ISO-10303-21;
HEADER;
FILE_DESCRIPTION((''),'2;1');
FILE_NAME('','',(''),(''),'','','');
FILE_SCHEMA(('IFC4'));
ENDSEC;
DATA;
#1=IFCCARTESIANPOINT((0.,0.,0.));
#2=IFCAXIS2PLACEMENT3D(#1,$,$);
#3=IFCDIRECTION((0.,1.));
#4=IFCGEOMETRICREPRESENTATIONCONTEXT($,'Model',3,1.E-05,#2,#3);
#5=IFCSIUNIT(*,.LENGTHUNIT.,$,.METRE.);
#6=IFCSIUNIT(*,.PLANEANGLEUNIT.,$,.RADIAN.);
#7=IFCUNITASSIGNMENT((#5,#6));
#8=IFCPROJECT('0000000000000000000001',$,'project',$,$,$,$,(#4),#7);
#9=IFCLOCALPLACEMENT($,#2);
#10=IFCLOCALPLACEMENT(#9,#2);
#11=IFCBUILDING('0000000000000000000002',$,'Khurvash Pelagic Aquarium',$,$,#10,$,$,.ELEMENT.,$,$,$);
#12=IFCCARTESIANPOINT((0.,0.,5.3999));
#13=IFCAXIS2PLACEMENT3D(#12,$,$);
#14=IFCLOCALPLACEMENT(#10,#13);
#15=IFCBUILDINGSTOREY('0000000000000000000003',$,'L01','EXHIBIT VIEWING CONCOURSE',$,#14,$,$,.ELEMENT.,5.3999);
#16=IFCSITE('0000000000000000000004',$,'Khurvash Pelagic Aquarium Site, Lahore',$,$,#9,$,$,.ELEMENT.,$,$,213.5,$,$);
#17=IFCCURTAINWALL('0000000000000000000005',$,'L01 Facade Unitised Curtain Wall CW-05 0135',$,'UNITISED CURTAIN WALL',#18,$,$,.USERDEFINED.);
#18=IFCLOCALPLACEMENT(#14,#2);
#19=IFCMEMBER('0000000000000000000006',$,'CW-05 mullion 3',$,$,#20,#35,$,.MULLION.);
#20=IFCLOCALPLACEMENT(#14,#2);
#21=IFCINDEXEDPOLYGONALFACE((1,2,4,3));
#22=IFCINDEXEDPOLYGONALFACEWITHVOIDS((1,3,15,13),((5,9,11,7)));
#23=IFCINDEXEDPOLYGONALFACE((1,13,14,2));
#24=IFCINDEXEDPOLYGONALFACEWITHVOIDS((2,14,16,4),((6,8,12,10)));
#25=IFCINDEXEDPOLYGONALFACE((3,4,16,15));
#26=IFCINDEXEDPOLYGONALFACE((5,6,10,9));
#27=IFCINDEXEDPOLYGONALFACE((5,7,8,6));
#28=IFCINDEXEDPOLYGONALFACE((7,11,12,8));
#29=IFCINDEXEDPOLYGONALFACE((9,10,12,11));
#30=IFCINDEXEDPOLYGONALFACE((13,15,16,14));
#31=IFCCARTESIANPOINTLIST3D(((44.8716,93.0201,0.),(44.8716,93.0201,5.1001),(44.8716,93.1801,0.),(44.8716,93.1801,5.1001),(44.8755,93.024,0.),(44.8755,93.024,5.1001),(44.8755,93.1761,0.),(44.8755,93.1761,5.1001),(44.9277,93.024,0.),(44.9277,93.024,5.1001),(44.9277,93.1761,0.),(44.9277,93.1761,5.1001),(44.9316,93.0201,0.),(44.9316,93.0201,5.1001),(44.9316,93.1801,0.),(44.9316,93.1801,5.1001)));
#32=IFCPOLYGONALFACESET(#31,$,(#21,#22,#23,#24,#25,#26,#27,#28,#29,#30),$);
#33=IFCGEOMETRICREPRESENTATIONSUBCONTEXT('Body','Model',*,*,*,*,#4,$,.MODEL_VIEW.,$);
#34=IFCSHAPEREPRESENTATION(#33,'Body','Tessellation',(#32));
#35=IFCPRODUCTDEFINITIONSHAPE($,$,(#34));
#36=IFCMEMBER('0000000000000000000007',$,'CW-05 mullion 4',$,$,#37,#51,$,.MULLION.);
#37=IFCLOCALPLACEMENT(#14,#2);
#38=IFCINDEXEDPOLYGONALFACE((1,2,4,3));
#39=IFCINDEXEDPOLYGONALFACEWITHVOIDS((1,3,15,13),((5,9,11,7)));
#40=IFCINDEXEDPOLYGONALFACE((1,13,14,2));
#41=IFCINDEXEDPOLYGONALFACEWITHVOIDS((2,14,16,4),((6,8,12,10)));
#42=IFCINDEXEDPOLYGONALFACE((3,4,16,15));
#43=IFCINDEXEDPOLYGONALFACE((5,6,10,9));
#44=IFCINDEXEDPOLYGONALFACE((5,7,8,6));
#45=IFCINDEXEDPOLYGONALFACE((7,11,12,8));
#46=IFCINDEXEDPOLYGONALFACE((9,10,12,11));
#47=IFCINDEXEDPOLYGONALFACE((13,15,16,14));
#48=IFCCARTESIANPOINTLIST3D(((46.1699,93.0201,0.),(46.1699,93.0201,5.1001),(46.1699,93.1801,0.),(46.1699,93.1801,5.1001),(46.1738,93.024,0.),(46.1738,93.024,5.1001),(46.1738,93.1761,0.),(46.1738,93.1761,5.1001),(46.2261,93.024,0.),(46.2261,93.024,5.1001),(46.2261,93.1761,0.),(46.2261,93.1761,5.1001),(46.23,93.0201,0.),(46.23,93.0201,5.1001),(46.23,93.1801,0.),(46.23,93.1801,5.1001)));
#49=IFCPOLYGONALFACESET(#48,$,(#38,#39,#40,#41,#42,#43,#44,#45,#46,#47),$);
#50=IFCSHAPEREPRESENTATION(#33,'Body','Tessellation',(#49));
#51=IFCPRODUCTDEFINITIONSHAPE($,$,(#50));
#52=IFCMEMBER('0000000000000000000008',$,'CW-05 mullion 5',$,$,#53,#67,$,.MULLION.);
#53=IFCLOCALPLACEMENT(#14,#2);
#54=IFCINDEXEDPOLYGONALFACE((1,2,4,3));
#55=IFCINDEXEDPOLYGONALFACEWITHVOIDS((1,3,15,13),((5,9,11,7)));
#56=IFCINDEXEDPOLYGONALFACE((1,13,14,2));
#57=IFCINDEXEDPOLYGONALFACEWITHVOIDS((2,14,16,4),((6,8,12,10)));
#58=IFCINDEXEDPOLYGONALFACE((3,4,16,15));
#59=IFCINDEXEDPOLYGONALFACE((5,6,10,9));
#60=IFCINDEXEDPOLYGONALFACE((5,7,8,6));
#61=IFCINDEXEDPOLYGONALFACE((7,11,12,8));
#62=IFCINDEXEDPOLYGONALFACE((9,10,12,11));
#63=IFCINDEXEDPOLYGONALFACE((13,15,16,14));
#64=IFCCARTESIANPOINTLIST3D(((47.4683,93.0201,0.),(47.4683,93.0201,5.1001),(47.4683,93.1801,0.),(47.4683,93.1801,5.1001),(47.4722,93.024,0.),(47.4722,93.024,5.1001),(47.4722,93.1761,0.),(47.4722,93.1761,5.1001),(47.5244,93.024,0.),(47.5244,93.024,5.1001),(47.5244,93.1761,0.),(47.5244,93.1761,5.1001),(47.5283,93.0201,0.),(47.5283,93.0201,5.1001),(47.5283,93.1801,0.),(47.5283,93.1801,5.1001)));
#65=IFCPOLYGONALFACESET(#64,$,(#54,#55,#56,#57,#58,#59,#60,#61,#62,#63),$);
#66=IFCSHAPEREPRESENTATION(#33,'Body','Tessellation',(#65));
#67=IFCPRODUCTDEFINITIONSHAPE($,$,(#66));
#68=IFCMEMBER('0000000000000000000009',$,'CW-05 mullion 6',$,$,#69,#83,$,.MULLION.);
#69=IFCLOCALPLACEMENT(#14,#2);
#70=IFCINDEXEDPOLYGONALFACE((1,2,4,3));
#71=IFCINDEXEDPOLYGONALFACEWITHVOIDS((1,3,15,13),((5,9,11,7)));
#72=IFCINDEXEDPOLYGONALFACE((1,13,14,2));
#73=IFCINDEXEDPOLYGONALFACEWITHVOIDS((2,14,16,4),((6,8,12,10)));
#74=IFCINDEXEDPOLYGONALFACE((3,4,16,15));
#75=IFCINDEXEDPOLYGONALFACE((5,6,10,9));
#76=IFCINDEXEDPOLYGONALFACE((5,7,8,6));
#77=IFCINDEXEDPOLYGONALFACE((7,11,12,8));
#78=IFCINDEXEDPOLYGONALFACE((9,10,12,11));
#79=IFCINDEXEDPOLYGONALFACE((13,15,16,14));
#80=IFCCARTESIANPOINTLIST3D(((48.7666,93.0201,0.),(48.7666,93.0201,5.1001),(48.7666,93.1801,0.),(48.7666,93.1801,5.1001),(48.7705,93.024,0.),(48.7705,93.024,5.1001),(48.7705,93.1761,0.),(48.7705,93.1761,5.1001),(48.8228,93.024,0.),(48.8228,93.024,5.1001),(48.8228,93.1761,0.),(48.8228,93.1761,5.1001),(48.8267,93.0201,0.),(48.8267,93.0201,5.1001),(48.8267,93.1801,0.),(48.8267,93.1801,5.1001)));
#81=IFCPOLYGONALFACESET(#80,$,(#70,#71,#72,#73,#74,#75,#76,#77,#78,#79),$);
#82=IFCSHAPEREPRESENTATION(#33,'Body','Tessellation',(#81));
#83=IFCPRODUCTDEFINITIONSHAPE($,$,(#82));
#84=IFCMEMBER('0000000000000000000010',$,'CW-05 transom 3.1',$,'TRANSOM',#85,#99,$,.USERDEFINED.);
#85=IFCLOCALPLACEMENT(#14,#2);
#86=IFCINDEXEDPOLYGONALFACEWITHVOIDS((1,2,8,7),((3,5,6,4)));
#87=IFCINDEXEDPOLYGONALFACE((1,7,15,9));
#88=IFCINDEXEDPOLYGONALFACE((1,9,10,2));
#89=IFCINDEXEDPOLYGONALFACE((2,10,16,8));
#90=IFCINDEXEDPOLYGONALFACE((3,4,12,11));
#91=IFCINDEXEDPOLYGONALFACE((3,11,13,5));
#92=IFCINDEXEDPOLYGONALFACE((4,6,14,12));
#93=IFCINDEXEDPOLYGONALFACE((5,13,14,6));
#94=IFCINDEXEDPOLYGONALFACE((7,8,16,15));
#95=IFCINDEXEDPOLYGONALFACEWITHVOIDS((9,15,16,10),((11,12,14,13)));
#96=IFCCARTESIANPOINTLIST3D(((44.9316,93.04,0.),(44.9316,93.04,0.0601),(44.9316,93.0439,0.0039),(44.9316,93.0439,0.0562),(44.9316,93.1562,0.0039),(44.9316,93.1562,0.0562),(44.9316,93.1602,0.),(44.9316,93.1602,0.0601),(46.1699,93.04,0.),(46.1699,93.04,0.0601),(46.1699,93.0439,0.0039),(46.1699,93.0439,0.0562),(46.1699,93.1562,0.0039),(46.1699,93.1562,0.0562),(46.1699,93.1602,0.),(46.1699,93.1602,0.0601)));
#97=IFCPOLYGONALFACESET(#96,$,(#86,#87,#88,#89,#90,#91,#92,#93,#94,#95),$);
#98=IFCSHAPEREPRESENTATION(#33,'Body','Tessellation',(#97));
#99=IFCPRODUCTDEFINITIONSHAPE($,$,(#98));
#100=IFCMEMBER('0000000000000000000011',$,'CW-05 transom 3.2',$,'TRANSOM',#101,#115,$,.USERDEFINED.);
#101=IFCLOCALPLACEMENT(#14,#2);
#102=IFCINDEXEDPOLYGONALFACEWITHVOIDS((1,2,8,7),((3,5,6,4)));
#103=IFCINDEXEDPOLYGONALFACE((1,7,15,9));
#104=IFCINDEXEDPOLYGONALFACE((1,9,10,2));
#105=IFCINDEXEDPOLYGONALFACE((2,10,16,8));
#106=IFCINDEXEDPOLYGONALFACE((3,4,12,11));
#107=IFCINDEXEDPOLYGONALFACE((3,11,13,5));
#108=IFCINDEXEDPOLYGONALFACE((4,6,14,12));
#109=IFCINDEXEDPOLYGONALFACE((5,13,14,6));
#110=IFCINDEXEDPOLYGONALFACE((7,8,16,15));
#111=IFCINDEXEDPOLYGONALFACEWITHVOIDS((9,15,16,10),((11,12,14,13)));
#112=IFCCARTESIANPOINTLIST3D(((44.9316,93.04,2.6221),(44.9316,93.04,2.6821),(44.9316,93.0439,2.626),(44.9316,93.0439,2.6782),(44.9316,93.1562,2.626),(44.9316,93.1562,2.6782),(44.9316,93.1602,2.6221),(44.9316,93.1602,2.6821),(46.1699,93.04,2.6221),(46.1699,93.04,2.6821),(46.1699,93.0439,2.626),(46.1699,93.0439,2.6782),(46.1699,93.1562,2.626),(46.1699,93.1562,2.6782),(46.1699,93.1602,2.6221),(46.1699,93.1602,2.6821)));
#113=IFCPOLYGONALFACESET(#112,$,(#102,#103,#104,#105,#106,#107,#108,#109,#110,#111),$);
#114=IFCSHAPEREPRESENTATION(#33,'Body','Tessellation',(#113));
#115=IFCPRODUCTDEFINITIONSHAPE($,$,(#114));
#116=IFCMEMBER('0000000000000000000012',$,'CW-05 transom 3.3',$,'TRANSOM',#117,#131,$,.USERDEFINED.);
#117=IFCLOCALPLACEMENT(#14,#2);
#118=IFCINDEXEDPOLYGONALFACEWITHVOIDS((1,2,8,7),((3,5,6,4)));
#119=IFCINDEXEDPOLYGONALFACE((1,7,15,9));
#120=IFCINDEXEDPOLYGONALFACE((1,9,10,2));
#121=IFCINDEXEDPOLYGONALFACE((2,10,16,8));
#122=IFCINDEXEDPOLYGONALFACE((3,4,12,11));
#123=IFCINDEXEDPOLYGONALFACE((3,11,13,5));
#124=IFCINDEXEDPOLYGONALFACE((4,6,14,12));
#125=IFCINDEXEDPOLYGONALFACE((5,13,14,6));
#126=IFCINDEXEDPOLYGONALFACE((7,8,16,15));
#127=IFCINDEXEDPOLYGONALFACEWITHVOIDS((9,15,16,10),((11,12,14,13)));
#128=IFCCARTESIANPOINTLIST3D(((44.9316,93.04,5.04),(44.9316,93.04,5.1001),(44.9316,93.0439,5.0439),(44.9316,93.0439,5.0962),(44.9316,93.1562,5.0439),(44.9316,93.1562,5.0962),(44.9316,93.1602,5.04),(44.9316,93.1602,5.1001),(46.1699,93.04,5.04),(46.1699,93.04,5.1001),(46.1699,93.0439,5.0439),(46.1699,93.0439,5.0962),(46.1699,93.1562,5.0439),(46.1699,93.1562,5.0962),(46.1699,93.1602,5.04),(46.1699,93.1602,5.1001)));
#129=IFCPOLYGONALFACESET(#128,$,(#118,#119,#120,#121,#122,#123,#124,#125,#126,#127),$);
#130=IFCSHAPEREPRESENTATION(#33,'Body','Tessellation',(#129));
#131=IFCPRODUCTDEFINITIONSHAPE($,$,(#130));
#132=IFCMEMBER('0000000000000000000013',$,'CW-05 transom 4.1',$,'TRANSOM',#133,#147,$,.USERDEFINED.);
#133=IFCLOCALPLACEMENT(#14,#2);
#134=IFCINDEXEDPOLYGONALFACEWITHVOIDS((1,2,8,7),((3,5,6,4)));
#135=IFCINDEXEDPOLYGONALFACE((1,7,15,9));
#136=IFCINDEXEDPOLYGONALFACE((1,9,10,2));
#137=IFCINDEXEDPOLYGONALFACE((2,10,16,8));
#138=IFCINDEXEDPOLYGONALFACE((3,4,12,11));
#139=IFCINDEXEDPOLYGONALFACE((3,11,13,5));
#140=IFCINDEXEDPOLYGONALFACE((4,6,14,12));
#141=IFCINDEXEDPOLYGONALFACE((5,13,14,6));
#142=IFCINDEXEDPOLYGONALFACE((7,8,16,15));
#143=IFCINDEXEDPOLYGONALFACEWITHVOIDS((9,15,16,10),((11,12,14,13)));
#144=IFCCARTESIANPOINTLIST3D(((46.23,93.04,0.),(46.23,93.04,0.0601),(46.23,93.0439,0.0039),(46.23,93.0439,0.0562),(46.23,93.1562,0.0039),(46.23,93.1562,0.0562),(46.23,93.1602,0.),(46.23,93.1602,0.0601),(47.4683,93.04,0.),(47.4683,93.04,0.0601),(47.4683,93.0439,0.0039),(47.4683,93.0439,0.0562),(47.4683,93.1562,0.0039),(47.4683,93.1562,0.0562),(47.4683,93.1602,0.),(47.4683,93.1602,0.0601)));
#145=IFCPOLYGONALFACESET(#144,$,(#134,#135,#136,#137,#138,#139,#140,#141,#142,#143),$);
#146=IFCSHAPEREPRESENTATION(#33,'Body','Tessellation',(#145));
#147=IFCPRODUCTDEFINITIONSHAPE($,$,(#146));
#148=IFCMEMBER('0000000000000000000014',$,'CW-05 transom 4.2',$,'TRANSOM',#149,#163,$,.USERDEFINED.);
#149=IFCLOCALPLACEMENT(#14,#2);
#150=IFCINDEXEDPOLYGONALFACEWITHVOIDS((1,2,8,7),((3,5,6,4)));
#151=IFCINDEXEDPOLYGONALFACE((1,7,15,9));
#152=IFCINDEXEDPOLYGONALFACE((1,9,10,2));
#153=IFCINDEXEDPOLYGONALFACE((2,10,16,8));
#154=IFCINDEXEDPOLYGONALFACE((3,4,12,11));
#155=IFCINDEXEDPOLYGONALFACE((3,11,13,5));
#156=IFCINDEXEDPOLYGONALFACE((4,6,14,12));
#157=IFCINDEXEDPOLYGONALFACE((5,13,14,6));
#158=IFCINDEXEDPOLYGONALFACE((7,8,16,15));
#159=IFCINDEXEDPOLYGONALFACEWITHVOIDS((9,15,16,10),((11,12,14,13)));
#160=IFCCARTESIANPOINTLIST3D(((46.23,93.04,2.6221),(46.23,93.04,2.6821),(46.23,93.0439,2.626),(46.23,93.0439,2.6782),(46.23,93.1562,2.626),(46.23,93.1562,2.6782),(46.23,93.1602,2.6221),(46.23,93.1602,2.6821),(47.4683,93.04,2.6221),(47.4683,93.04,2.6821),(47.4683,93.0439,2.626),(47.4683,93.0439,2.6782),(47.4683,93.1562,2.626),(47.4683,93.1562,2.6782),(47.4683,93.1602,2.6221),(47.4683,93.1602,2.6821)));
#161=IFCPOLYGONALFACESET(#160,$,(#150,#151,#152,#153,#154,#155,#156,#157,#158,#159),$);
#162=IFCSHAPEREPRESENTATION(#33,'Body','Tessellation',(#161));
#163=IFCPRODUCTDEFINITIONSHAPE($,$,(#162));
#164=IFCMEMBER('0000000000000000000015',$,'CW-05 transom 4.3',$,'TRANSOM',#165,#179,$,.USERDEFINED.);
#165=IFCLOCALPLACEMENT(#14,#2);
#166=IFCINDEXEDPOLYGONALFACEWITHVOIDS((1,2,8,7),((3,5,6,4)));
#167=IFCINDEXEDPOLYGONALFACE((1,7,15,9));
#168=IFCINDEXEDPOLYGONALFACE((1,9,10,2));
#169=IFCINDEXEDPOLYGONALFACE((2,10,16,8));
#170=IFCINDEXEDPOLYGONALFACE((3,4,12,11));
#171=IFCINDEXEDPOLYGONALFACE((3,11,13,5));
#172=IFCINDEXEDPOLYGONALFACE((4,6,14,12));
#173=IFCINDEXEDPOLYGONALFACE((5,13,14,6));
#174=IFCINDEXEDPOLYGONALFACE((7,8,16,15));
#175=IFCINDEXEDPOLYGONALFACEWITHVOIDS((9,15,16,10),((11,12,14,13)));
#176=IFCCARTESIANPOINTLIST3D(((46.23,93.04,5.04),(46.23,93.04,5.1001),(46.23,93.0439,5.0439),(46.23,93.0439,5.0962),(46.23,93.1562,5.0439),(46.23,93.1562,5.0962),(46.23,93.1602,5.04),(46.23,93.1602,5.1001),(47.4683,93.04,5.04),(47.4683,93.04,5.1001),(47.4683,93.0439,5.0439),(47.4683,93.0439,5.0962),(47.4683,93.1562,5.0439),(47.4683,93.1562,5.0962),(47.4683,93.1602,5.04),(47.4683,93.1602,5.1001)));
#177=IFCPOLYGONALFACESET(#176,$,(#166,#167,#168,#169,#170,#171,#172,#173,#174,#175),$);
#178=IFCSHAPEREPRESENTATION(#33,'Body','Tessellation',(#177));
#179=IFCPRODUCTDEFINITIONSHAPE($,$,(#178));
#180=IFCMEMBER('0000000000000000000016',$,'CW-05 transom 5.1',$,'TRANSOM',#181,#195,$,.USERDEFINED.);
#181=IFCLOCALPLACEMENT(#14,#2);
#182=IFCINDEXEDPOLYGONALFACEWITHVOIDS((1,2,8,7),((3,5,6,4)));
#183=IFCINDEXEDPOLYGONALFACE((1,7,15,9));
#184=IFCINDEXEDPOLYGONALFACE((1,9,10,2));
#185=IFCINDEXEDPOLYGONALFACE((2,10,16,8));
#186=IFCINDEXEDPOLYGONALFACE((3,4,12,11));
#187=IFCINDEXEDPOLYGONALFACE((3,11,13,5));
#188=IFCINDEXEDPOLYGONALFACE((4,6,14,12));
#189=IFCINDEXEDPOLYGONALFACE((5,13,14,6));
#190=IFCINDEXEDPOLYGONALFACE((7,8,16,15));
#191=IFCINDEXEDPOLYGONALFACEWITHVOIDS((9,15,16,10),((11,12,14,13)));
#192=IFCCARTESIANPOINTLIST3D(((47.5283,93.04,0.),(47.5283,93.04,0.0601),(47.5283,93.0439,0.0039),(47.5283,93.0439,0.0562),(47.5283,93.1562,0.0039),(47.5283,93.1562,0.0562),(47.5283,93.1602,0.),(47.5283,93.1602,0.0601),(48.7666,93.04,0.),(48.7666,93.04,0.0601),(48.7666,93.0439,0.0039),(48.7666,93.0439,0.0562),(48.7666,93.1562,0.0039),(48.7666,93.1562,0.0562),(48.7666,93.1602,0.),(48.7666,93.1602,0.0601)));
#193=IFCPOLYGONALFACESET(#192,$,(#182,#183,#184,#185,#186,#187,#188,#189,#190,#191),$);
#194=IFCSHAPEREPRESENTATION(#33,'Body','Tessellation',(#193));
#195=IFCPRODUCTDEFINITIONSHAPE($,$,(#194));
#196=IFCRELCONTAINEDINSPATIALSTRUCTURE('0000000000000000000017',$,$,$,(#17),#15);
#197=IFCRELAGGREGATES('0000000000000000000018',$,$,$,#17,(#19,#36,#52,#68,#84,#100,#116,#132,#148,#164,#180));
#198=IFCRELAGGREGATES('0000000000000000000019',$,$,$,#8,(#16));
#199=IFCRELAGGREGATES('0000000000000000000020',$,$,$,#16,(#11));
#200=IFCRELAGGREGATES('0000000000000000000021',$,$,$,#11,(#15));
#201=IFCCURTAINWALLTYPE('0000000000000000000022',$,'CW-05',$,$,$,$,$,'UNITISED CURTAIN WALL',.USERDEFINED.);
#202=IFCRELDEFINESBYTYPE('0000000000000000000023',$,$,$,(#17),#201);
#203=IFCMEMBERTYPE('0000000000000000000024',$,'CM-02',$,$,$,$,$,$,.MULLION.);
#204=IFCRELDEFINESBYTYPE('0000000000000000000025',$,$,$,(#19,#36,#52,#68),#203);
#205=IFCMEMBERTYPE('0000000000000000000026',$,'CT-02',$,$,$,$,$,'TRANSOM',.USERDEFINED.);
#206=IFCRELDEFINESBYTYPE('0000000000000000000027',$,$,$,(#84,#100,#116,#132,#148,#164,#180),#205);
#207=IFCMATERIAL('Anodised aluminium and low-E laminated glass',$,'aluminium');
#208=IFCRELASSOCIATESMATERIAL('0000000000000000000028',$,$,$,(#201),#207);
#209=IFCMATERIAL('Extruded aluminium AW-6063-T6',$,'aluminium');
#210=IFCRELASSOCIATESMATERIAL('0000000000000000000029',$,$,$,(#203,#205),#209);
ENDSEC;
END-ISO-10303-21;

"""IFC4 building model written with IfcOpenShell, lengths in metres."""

from ifc_helpers import new_model, si_unit, direction, frame, origin, origin_2d, place, context, subcontext, project, spatial, hollow_rectangle, extrude, material, material_profile, profile_set, type_object, element, aggregate, save


model = new_model("IFC4")

# Units and contexts
model_context = context("Model", 3, precision=1e-05, world=origin(), true_north=direction((0.0, 1.0)))
body_context = subcontext(model_context, "Body", "Model", "MODEL_VIEW")
ifc_project = project(units=[si_unit("LENGTHUNIT", "METRE"), si_unit("PLANEANGLEUNIT", "RADIAN")], contexts=[model_context])

# Site, building, storey
site_placement = place(None, origin())
site = spatial("IfcSite", under=ifc_project, at=site_placement, Name="Khurvash Pelagic Aquarium Site, Lahore", CompositionType="ELEMENT", RefElevation=213.5)
building_placement = place(site_placement, origin())
building = spatial("IfcBuilding", under=site, at=building_placement, Name="Khurvash Pelagic Aquarium", CompositionType="ELEMENT")
storey_placement = place(building_placement, frame((0.0, 0.0, 5.3999)))
storey = spatial("IfcBuildingStorey", under=building, at=storey_placement, Name="L01", Description="EXHIBIT VIEWING CONCOURSE", CompositionType="ELEMENT", Elevation=5.3999)

# Curtain wall, members
ifc_material_1 = material(Name="Anodised aluminium and low-E laminated glass", Category="aluminium")
curtain_wall_type = type_object("IfcCurtainWallType", Name="CW-05", ElementType="UNITISED CURTAIN WALL", PredefinedType="USERDEFINED", material=ifc_material_1)
curtain_wall_placement = place(storey_placement, origin())
curtain_wall = element("IfcCurtainWall", 1, at=curtain_wall_placement, inside=storey, type_object=curtain_wall_type, Name="L01 Facade Unitised Curtain Wall CW-05 0135", ObjectType="UNITISED CURTAIN WALL", PredefinedType="USERDEFINED")
ifc_material_2 = material(Name="Extruded aluminium AW-6063-T6", Category="aluminium")
ifc_material_profile_1 = material_profile(ifc_material_2, hollow_rectangle(XDim=0.0601, YDim=0.1599, WallThickness=0.0039, at=origin_2d()), Name="CWM60X160X4")
ifc_profile_set_1 = profile_set([ifc_material_profile_1], Name="Extruded aluminium AW-6063-T6")
member_type_1 = type_object("IfcMemberType", Name="CM-02", PredefinedType="MULLION", material=ifc_profile_set_1)
member_1_placement = place(storey_placement, frame((44.9016, 93.1001, 0.0), z_axis=(0.0, 0.0, 1.0), x_axis=(1.0, 0.0, 0.0)))
member_1 = element("IfcMember", 2, at=member_1_placement, type_object=member_type_1, Name="CW-05 mullion 3", PredefinedType="MULLION", context=body_context, shape_type="SweptSolid", body=[
    extrude(hollow_rectangle(XDim=0.0601, YDim=0.1599, WallThickness=0.0039, at=origin_2d()), origin(), (0.0, 0.0, 1.0), 5.1001),
])
member_2_placement = place(storey_placement, frame((46.2, 93.1001, 0.0), z_axis=(0.0, 0.0, 1.0), x_axis=(1.0, 0.0, 0.0)))
member_2 = element("IfcMember", 3, at=member_2_placement, type_object=member_type_1, Name="CW-05 mullion 4", PredefinedType="MULLION", context=body_context, shape_type="SweptSolid", body=[
    extrude(hollow_rectangle(XDim=0.0601, YDim=0.1599, WallThickness=0.0039, at=origin_2d()), origin(), (0.0, 0.0, 1.0), 5.1001),
])
member_3_placement = place(storey_placement, frame((47.4983, 93.1001, 0.0), z_axis=(0.0, 0.0, 1.0), x_axis=(1.0, 0.0, 0.0)))
member_3 = element("IfcMember", 4, at=member_3_placement, type_object=member_type_1, Name="CW-05 mullion 5", PredefinedType="MULLION", context=body_context, shape_type="SweptSolid", body=[
    extrude(hollow_rectangle(XDim=0.0601, YDim=0.1599, WallThickness=0.0039, at=origin_2d()), origin(), (0.0, 0.0, 1.0), 5.1001),
])
member_4_placement = place(storey_placement, frame((48.7966, 93.1001, 0.0), z_axis=(0.0, 0.0, 1.0), x_axis=(1.0, 0.0, 0.0)))
member_4 = element("IfcMember", 5, at=member_4_placement, type_object=member_type_1, Name="CW-05 mullion 6", PredefinedType="MULLION", context=body_context, shape_type="SweptSolid", body=[
    extrude(hollow_rectangle(XDim=0.0601, YDim=0.1599, WallThickness=0.0039, at=origin_2d()), origin(), (0.0, 0.0, 1.0), 5.1001),
])
ifc_material_profile_2 = material_profile(ifc_material_2, hollow_rectangle(XDim=0.1201, YDim=0.0601, WallThickness=0.0039, at=origin_2d()), Name="CWT120X60X4")
ifc_profile_set_2 = profile_set([ifc_material_profile_2], Name="Extruded aluminium AW-6063-T6")
member_type_2 = type_object("IfcMemberType", Name="CT-02", ElementType="TRANSOM", PredefinedType="USERDEFINED", material=ifc_profile_set_2)
member_5_placement = place(storey_placement, frame((44.9316, 93.1001, 0.03), z_axis=(1.0, 0.0, 0.0), x_axis=(0.0, 1.0, 0.0)))
member_5 = element("IfcMember", 6, at=member_5_placement, type_object=member_type_2, Name="CW-05 transom 3.1", ObjectType="TRANSOM", PredefinedType="USERDEFINED", context=body_context, shape_type="SweptSolid", body=[
    extrude(hollow_rectangle(XDim=0.1201, YDim=0.0601, WallThickness=0.0039, at=origin_2d()), origin(), (0.0, 0.0, 1.0), 1.2383),
])
member_6_placement = place(storey_placement, frame((44.9316, 93.1001, 2.6521), z_axis=(1.0, 0.0, 0.0), x_axis=(0.0, 1.0, 0.0)))
member_6 = element("IfcMember", 7, at=member_6_placement, type_object=member_type_2, Name="CW-05 transom 3.2", ObjectType="TRANSOM", PredefinedType="USERDEFINED", context=body_context, shape_type="SweptSolid", body=[
    extrude(hollow_rectangle(XDim=0.1201, YDim=0.0601, WallThickness=0.0039, at=origin_2d()), origin(), (0.0, 0.0, 1.0), 1.2383),
])
member_7_placement = place(storey_placement, frame((44.9316, 93.1001, 5.0701), z_axis=(1.0, 0.0, 0.0), x_axis=(0.0, 1.0, 0.0)))
member_7 = element("IfcMember", 8, at=member_7_placement, type_object=member_type_2, Name="CW-05 transom 3.3", ObjectType="TRANSOM", PredefinedType="USERDEFINED", context=body_context, shape_type="SweptSolid", body=[
    extrude(hollow_rectangle(XDim=0.1201, YDim=0.0601, WallThickness=0.0039, at=origin_2d()), origin(), (0.0, 0.0, 1.0), 1.2383),
])
member_8_placement = place(storey_placement, frame((46.23, 93.1001, 0.03), z_axis=(1.0, 0.0, 0.0), x_axis=(0.0, 1.0, 0.0)))
member_8 = element("IfcMember", 9, at=member_8_placement, type_object=member_type_2, Name="CW-05 transom 4.1", ObjectType="TRANSOM", PredefinedType="USERDEFINED", context=body_context, shape_type="SweptSolid", body=[
    extrude(hollow_rectangle(XDim=0.1201, YDim=0.0601, WallThickness=0.0039, at=origin_2d()), origin(), (0.0, 0.0, 1.0), 1.2383),
])
member_9_placement = place(storey_placement, frame((46.23, 93.1001, 2.6521), z_axis=(1.0, 0.0, 0.0), x_axis=(0.0, 1.0, 0.0)))
member_9 = element("IfcMember", 10, at=member_9_placement, type_object=member_type_2, Name="CW-05 transom 4.2", ObjectType="TRANSOM", PredefinedType="USERDEFINED", context=body_context, shape_type="SweptSolid", body=[
    extrude(hollow_rectangle(XDim=0.1201, YDim=0.0601, WallThickness=0.0039, at=origin_2d()), origin(), (0.0, 0.0, 1.0), 1.2383),
])
member_10_placement = place(storey_placement, frame((46.23, 93.1001, 5.0701), z_axis=(1.0, 0.0, 0.0), x_axis=(0.0, 1.0, 0.0)))
member_10 = element("IfcMember", 11, at=member_10_placement, type_object=member_type_2, Name="CW-05 transom 4.3", ObjectType="TRANSOM", PredefinedType="USERDEFINED", context=body_context, shape_type="SweptSolid", body=[
    extrude(hollow_rectangle(XDim=0.1201, YDim=0.0601, WallThickness=0.0039, at=origin_2d()), origin(), (0.0, 0.0, 1.0), 1.2383),
])
member_11_placement = place(storey_placement, frame((47.5283, 93.1001, 0.03), z_axis=(1.0, 0.0, 0.0), x_axis=(0.0, 1.0, 0.0)))
member_11 = element("IfcMember", 12, at=member_11_placement, type_object=member_type_2, Name="CW-05 transom 5.1", ObjectType="TRANSOM", PredefinedType="USERDEFINED", context=body_context, shape_type="SweptSolid", body=[
    extrude(hollow_rectangle(XDim=0.1201, YDim=0.0601, WallThickness=0.0039, at=origin_2d()), origin(), (0.0, 0.0, 1.0), 1.2383),
])
aggregate(curtain_wall, [member_1, member_2, member_3, member_4, member_5, member_6, member_7, member_8, member_9, member_10, member_11])

save(model, "model.ifc")
